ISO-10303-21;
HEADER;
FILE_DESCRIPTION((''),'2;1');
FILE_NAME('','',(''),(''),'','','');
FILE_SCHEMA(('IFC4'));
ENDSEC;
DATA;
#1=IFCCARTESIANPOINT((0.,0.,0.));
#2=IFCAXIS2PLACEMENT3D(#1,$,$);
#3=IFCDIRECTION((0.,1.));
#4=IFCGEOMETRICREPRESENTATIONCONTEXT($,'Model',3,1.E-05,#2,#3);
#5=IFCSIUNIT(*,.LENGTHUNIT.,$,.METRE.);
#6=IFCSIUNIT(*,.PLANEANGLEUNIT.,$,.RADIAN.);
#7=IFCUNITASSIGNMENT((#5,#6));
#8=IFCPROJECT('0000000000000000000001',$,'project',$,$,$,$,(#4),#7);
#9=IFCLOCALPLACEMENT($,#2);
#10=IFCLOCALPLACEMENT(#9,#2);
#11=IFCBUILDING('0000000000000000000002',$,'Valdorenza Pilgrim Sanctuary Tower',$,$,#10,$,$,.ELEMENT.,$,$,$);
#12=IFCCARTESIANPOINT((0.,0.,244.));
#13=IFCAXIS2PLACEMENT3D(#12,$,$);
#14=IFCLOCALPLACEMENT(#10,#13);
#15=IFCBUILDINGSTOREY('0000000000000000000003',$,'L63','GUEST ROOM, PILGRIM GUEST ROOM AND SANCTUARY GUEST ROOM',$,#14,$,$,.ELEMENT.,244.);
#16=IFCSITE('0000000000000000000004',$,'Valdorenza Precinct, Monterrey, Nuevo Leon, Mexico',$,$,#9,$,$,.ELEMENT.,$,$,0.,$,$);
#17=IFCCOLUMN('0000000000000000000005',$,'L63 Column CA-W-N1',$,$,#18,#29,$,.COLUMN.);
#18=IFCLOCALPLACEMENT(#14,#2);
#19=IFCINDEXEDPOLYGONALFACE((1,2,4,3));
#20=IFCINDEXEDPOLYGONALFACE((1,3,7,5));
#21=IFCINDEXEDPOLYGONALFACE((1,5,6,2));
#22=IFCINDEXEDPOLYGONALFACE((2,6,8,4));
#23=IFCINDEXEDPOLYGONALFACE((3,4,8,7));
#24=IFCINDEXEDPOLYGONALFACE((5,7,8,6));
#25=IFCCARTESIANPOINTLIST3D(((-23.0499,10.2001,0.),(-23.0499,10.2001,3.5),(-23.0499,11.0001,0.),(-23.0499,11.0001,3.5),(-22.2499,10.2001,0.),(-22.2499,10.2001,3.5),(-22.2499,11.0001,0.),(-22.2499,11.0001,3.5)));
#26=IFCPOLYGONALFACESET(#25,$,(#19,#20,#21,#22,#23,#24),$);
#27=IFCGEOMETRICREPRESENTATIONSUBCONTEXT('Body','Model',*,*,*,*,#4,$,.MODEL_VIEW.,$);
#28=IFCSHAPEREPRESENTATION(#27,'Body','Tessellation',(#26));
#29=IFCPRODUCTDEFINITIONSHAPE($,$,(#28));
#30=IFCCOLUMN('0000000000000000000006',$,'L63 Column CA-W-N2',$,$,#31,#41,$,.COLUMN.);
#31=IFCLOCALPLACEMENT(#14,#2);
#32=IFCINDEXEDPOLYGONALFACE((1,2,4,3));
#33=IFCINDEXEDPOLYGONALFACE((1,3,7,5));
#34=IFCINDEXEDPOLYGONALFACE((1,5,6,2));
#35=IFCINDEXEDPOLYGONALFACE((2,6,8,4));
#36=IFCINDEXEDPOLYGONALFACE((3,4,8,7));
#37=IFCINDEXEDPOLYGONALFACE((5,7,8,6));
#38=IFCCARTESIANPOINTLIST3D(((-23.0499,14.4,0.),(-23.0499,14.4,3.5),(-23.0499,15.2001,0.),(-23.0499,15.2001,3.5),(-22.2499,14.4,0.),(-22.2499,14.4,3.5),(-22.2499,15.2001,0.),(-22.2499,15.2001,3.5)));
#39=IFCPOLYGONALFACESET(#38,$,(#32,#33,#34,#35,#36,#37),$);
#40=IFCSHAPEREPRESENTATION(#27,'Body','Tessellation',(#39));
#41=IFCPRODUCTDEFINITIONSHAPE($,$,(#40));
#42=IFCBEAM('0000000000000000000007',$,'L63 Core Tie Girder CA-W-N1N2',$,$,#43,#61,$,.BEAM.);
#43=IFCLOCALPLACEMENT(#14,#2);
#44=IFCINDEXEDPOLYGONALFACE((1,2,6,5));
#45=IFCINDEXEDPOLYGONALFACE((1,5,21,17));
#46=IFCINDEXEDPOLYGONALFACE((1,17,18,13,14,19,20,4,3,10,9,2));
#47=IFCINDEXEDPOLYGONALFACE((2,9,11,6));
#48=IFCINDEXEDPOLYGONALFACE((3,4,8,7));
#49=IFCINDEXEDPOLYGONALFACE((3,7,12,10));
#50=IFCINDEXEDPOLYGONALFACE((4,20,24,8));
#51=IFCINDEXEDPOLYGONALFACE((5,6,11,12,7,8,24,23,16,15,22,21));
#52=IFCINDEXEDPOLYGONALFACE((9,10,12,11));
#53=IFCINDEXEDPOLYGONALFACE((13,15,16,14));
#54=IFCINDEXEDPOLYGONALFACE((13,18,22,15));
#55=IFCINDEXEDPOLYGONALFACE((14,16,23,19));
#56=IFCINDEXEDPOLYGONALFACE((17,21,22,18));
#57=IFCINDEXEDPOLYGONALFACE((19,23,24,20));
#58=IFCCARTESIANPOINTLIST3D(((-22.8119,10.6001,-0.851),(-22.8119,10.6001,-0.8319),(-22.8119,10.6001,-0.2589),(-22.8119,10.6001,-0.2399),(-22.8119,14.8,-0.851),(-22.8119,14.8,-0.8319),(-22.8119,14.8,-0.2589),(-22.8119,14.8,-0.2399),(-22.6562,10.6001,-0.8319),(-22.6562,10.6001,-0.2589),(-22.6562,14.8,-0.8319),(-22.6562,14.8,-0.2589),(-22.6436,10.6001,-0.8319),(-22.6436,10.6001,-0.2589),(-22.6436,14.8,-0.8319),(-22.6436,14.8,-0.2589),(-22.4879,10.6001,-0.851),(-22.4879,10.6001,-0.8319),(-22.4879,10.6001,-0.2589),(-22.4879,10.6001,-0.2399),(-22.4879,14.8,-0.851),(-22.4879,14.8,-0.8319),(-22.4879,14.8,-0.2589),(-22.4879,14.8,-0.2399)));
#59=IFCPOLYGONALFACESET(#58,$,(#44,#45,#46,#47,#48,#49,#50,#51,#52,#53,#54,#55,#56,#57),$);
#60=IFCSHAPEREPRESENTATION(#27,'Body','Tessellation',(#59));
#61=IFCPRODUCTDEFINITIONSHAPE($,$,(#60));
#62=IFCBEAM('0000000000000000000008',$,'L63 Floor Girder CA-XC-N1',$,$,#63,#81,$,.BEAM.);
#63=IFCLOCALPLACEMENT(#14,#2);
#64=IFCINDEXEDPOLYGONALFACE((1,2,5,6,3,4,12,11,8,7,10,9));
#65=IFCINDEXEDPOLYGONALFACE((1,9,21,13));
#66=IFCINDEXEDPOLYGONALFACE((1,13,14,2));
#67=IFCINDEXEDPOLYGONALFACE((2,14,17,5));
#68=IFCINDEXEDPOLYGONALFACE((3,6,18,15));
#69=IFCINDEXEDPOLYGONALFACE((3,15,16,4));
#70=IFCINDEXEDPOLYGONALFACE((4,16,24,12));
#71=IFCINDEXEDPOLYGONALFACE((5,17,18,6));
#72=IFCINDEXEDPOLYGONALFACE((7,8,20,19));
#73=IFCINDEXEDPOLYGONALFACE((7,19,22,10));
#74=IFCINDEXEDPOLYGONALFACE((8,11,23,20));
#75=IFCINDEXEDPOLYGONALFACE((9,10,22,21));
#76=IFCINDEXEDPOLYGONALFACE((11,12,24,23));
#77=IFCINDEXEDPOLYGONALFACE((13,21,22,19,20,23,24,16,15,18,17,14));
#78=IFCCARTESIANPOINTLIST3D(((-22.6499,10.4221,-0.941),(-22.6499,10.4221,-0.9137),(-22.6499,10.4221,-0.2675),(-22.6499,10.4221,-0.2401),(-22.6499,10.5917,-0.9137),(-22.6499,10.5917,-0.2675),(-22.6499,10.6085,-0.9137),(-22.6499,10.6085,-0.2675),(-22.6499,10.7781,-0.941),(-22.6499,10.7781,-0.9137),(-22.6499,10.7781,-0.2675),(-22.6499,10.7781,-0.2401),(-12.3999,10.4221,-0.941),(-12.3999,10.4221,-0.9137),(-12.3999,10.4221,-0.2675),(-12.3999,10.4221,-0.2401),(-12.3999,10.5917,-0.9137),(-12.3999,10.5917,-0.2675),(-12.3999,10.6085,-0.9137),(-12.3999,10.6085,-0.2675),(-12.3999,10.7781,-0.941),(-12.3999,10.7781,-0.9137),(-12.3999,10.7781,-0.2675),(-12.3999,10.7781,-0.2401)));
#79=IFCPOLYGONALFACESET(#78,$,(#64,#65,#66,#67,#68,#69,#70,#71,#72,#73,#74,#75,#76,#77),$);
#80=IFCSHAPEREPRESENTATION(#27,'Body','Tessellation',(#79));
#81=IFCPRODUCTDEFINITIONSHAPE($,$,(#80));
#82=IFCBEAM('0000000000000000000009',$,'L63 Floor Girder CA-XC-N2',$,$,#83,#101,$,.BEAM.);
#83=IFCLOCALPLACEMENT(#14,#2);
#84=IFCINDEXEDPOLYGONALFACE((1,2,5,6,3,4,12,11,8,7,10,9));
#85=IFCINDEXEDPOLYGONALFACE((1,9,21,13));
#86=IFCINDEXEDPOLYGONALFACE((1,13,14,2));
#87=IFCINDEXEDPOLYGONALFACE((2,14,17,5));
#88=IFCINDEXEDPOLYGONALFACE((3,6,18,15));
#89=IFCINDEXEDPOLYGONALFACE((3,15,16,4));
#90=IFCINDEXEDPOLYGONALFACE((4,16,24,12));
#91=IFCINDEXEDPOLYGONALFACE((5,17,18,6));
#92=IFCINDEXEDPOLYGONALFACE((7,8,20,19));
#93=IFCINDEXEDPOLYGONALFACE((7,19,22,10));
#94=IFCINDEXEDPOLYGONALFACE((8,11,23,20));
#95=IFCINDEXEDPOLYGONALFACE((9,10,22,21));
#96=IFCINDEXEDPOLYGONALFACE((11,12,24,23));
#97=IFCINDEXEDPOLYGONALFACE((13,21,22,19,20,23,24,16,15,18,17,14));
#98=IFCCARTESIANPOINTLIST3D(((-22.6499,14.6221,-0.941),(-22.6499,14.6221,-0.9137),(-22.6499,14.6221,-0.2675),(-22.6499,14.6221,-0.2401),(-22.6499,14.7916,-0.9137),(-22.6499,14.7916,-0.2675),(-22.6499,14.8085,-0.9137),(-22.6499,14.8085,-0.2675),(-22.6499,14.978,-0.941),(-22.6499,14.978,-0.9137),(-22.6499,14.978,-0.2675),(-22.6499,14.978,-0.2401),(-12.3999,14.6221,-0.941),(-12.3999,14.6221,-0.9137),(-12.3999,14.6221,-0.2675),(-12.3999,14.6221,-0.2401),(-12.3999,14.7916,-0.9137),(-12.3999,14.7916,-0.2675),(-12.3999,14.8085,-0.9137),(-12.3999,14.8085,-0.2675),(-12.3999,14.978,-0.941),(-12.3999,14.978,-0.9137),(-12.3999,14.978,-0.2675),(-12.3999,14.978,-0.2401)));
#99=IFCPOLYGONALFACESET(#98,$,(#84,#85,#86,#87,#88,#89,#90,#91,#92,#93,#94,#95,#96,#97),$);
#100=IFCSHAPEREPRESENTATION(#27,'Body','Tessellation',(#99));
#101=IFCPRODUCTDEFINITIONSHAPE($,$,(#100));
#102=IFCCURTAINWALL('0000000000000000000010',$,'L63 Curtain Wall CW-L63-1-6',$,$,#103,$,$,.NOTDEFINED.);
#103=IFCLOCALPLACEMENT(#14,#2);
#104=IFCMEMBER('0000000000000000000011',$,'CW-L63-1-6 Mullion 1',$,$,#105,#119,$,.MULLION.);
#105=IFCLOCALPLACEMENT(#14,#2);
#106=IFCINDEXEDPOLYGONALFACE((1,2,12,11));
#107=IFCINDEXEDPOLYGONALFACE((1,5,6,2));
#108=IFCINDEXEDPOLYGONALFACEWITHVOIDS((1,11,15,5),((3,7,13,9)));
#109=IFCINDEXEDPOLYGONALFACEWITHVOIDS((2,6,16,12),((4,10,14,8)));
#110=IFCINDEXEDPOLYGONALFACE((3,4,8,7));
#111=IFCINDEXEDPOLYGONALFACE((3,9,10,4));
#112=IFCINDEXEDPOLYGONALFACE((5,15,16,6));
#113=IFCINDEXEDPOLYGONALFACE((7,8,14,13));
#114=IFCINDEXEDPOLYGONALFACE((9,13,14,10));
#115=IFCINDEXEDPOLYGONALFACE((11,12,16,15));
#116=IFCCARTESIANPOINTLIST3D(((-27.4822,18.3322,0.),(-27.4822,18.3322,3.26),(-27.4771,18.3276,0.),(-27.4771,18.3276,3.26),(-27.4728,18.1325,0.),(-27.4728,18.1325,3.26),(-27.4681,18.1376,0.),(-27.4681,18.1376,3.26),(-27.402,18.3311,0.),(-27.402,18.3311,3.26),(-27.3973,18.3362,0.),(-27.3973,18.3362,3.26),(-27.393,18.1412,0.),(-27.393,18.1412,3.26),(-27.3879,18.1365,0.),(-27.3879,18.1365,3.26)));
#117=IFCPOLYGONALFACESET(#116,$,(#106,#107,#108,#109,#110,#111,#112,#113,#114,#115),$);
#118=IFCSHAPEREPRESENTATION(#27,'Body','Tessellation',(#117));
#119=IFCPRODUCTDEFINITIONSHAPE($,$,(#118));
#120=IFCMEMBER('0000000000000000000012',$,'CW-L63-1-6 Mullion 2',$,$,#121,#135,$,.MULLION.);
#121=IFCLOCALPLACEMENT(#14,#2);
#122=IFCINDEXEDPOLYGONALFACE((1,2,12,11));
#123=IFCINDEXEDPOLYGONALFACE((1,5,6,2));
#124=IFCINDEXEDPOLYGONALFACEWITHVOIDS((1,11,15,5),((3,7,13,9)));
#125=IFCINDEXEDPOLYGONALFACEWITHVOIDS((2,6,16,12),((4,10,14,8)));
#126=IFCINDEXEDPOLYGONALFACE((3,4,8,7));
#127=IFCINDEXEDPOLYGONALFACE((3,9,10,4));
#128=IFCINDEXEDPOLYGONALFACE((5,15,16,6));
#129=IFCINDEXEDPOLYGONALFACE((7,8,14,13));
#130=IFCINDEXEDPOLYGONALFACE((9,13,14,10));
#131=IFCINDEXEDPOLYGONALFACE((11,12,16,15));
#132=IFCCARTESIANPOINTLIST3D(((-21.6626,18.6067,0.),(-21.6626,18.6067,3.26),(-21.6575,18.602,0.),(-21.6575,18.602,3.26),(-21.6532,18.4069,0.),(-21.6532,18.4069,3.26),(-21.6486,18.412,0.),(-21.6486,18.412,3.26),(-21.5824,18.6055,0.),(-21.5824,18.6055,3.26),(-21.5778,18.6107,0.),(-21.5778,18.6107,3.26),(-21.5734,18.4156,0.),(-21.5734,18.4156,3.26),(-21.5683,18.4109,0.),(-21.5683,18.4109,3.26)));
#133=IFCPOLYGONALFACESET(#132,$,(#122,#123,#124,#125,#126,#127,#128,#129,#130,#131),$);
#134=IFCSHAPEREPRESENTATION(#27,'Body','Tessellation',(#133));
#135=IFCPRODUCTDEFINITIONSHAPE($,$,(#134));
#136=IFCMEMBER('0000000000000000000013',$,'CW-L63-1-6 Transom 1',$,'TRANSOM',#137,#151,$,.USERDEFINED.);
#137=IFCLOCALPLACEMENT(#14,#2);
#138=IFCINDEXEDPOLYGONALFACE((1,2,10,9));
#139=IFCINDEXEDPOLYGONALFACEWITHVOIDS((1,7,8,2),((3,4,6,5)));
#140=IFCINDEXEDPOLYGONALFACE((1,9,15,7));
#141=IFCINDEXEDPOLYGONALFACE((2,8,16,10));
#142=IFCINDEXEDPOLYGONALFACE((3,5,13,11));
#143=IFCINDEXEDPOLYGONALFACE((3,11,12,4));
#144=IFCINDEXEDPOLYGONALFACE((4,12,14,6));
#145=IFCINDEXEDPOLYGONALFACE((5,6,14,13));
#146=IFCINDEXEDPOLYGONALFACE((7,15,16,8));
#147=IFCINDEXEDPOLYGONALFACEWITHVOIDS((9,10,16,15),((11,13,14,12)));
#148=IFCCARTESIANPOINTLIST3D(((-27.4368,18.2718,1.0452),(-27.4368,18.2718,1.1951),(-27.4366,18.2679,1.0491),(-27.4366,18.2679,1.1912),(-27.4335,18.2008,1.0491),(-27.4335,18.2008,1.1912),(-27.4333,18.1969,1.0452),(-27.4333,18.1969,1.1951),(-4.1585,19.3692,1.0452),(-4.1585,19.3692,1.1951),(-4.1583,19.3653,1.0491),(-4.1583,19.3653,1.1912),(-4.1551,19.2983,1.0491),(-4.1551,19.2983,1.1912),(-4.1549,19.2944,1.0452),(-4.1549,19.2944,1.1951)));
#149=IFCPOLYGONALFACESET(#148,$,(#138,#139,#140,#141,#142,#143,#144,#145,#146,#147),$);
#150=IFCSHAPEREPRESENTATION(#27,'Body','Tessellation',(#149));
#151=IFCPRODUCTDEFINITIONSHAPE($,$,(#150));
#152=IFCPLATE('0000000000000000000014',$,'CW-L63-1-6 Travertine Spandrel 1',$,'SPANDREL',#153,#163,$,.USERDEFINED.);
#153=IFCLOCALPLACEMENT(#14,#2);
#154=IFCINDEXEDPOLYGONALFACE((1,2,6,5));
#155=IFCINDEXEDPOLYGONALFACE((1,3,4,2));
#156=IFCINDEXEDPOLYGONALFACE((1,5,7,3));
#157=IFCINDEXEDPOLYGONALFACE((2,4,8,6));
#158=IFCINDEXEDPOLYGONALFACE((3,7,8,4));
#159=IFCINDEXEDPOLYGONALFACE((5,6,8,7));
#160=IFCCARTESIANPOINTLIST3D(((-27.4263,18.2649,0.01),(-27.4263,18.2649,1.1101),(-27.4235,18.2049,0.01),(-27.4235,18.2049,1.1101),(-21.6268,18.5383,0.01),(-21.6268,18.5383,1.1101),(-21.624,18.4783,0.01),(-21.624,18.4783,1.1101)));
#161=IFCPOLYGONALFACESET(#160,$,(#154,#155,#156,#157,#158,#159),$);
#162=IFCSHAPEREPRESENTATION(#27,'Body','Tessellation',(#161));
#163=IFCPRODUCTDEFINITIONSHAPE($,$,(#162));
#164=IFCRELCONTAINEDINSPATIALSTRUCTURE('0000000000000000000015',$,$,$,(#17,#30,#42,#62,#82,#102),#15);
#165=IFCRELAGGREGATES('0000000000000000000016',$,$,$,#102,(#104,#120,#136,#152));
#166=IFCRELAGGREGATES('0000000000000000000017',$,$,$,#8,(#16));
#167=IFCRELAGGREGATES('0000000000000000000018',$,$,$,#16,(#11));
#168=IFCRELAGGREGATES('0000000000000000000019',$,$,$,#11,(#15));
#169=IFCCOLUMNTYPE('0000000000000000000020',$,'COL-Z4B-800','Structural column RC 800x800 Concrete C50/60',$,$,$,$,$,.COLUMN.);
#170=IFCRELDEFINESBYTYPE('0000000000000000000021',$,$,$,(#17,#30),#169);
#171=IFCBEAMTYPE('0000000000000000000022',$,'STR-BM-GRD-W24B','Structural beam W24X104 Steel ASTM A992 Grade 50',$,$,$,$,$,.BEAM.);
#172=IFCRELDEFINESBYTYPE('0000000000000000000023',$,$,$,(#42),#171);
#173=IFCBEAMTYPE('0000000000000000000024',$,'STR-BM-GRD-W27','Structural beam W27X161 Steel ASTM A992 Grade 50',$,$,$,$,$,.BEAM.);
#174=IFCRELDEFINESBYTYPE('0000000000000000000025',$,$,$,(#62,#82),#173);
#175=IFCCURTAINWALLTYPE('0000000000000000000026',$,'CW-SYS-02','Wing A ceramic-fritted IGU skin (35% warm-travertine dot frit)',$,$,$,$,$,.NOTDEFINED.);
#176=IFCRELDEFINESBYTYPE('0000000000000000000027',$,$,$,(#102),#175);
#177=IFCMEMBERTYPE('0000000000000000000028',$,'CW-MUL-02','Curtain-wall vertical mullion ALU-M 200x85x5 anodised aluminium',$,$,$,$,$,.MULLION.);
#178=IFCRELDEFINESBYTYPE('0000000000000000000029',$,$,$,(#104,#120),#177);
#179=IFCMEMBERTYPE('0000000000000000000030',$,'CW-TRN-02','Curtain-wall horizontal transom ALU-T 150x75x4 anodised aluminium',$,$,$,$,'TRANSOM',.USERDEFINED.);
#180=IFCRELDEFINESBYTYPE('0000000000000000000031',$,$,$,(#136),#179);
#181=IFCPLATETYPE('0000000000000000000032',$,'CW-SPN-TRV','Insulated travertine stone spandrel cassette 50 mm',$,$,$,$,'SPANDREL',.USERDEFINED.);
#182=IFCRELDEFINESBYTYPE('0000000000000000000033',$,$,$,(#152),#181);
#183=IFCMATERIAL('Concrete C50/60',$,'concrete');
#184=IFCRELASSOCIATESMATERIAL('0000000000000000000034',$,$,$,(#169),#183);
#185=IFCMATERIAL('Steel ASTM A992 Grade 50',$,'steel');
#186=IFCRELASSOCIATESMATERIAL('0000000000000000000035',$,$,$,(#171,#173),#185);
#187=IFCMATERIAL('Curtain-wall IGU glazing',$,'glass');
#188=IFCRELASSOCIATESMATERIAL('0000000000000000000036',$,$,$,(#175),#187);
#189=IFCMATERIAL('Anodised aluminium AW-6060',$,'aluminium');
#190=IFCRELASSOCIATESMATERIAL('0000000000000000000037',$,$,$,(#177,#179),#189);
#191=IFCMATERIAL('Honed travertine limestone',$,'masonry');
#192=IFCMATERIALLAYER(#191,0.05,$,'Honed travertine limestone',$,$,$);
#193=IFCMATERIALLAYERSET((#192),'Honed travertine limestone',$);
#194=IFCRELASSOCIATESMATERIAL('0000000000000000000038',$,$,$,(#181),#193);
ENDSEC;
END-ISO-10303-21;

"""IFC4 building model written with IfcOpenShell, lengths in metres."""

from ifc_helpers import new_model, si_unit, direction, frame, origin, origin_2d, place, context, subcontext, project, spatial, rectangle, hollow_rectangle, i_section, extrude, source, transform, mapped, material, layer, layer_set, material_profile, profile_set, type_object, element, aggregate, save


model = new_model("IFC4")

# Units and contexts
model_context = context("Model", 3, precision=1e-05, world=origin(), true_north=direction((0.0, 1.0)))
body_context = subcontext(model_context, "Body", "Model", "MODEL_VIEW")
ifc_project = project(units=[si_unit("LENGTHUNIT", "METRE"), si_unit("PLANEANGLEUNIT", "RADIAN")], contexts=[model_context])

# Site, building, storey
site_placement = place(None, origin())
site = spatial("IfcSite", under=ifc_project, at=site_placement, Name="Valdorenza Precinct, Monterrey, Nuevo Leon, Mexico", CompositionType="ELEMENT", RefElevation=0.0)
building_placement = place(site_placement, origin())
building = spatial("IfcBuilding", under=site, at=building_placement, Name="Valdorenza Pilgrim Sanctuary Tower", CompositionType="ELEMENT")
storey_placement = place(building_placement, frame((0.0, 0.0, 244.0)))
storey = spatial("IfcBuildingStorey", under=building, at=storey_placement, Name="L63", Description="GUEST ROOM, PILGRIM GUEST ROOM AND SANCTUARY GUEST ROOM", CompositionType="ELEMENT", Elevation=244.0)

# Columns
ifc_material_1 = material(Name="Concrete C50/60", Category="concrete")
ifc_material_profile_1 = material_profile(ifc_material_1, rectangle(XDim=0.8, YDim=0.8, at=origin_2d()), Name="RC 800x800")
ifc_profile_set_1 = profile_set([ifc_material_profile_1], Name="Concrete C50/60")
column_type = type_object("IfcColumnType", Name="COL-Z4B-800", Description="Structural column RC 800x800 Concrete C50/60", PredefinedType="COLUMN", material=ifc_profile_set_1)
shared_shape_1 = source(origin(), body_context, "Body", "SweptSolid", [
    extrude(rectangle(XDim=0.8, YDim=0.8, at=origin_2d()), origin(), (0.0, 0.0, 1.0), 3.5),
])
for number, where, z_axis, x_axis, name in (
    (1, (-22.6499, 10.6001, 0.0), (0.0, 0.0, 1.0), (1.0, 0.0, 0.0), "L63 Column CA-W-N1"),
    (2, (-22.6499, 14.8, 0.0), (0.0, 0.0, 1.0), (1.0, 0.0, 0.0), "L63 Column CA-W-N2"),
):
    element("IfcColumn", number, at=place(storey_placement, frame(where, z_axis=z_axis, x_axis=x_axis)), inside=storey, type_object=column_type, Name=name, PredefinedType="COLUMN", context=body_context, shape_type="MappedRepresentation", body=[
        mapped(shared_shape_1, transform((0.0, 0.0, 0.0), x_axis=(1.0, 0.0, 0.0), y_axis=(0.0, 1.0, 0.0), z_axis=(0.0, 0.0, 1.0), scale=1.0)),
    ])

# Beams
ifc_material_2 = material(Name="Steel ASTM A992 Grade 50", Category="steel")
ifc_material_profile_2 = material_profile(ifc_material_2, i_section(OverallWidth=0.324, OverallDepth=0.6111, WebThickness=0.0127, FlangeThickness=0.019, at=origin_2d()), Name="W24X104")
ifc_profile_set_2 = profile_set([ifc_material_profile_2], Name="Steel ASTM A992 Grade 50")
beam_type_1 = type_object("IfcBeamType", Name="STR-BM-GRD-W24B", Description="Structural beam W24X104 Steel ASTM A992 Grade 50", PredefinedType="BEAM", material=ifc_profile_set_2)
shared_shape_2 = source(origin(), body_context, "Body", "SweptSolid", [
    extrude(i_section(OverallWidth=0.324, OverallDepth=0.6111, WebThickness=0.0127, FlangeThickness=0.019, at=origin_2d()), origin(), (0.0, 0.0, 1.0), 4.2),
])
beam_placement = place(storey_placement, frame((-22.6499, 10.6001, -0.5454), z_axis=(0.0, 1.0, 0.0), x_axis=(-1.0, 0.0, 0.0)))
element("IfcBeam", 3, at=beam_placement, inside=storey, type_object=beam_type_1, Name="L63 Core Tie Girder CA-W-N1N2", PredefinedType="BEAM", context=body_context, shape_type="MappedRepresentation", body=[
    mapped(shared_shape_2, transform((0.0, 0.0, 0.0), x_axis=(1.0, 0.0, 0.0), y_axis=(0.0, 1.0, 0.0), z_axis=(0.0, 0.0, 1.0), scale=1.0)),
])
ifc_material_profile_3 = material_profile(ifc_material_2, i_section(OverallWidth=0.356, OverallDepth=0.7009, WebThickness=0.0168, FlangeThickness=0.0273, at=origin_2d()), Name="W27X161")
ifc_profile_set_3 = profile_set([ifc_material_profile_3], Name="Steel ASTM A992 Grade 50")
beam_type_2 = type_object("IfcBeamType", Name="STR-BM-GRD-W27", Description="Structural beam W27X161 Steel ASTM A992 Grade 50", PredefinedType="BEAM", material=ifc_profile_set_3)
shared_shape_3 = source(origin(), body_context, "Body", "SweptSolid", [
    extrude(i_section(OverallWidth=0.356, OverallDepth=0.7009, WebThickness=0.0168, FlangeThickness=0.0273, at=origin_2d()), origin(), (0.0, 0.0, 1.0), 10.25),
])
for number, where, z_axis, x_axis, name in (
    (4, (-22.6499, 10.6001, -0.5906), (1.0, 0.0, 0.0), (0.0, 1.0, 0.0), "L63 Floor Girder CA-XC-N1"),
    (5, (-22.6499, 14.8, -0.5906), (1.0, 0.0, 0.0), (0.0, 1.0, 0.0), "L63 Floor Girder CA-XC-N2"),
):
    element("IfcBeam", number, at=place(storey_placement, frame(where, z_axis=z_axis, x_axis=x_axis)), inside=storey, type_object=beam_type_2, Name=name, PredefinedType="BEAM", context=body_context, shape_type="MappedRepresentation", body=[
        mapped(shared_shape_3, transform((0.0, 0.0, 0.0), x_axis=(1.0, 0.0, 0.0), y_axis=(0.0, 1.0, 0.0), z_axis=(0.0, 0.0, 1.0), scale=1.0)),
    ])

# Curtain wall, members, plate
ifc_material_3 = material(Name="Curtain-wall IGU glazing", Category="glass")
curtain_wall_type = type_object("IfcCurtainWallType", Name="CW-SYS-02", Description="Wing A ceramic-fritted IGU skin (35% warm-travertine dot frit)", PredefinedType="NOTDEFINED", material=ifc_material_3)
curtain_wall_placement = place(storey_placement, origin())
curtain_wall = element("IfcCurtainWall", 6, at=curtain_wall_placement, inside=storey, type_object=curtain_wall_type, Name="L63 Curtain Wall CW-L63-1-6", PredefinedType="NOTDEFINED")
ifc_material_4 = material(Name="Anodised aluminium AW-6060", Category="aluminium")
ifc_material_profile_4 = material_profile(ifc_material_4, hollow_rectangle(XDim=0.085, YDim=0.2, WallThickness=0.0049, at=origin_2d()), Name="ALU-M 200x85x5")
ifc_profile_set_4 = profile_set([ifc_material_profile_4], Name="Anodised aluminium AW-6060")
member_type_1 = type_object("IfcMemberType", Name="CW-MUL-02", Description="Curtain-wall vertical mullion ALU-M 200x85x5 anodised aluminium", PredefinedType="MULLION", material=ifc_profile_set_4)
shared_shape_4 = source(origin(), body_context, "Body", "SweptSolid", [
    extrude(hollow_rectangle(XDim=0.085, YDim=0.2, WallThickness=0.0049, at=origin_2d()), origin(), (0.0, 0.0, 1.0), 3.26),
])
member_1_placement = place(storey_placement, frame((-27.4351, 18.2344, 0.0), z_axis=(0.0, 0.0, 1.0), x_axis=(0.998891, 0.047089, 0.0)))
member_1 = element("IfcMember", 7, at=member_1_placement, type_object=member_type_1, Name="CW-L63-1-6 Mullion 1", PredefinedType="MULLION", context=body_context, shape_type="MappedRepresentation", body=[
    mapped(shared_shape_4, transform((0.0, 0.0, 0.0), x_axis=(1.0, 0.0, 0.0), y_axis=(0.0, 1.0, 0.0), z_axis=(0.0, 0.0, 1.0), scale=1.0)),
])
member_2_placement = place(storey_placement, frame((-21.6155, 18.5088, 0.0), z_axis=(0.0, 0.0, 1.0), x_axis=(0.998891, 0.047089, 0.0)))
member_2 = element("IfcMember", 8, at=member_2_placement, type_object=member_type_1, Name="CW-L63-1-6 Mullion 2", PredefinedType="MULLION", context=body_context, shape_type="MappedRepresentation", body=[
    mapped(shared_shape_4, transform((0.0, 0.0, 0.0), x_axis=(1.0, 0.0, 0.0), y_axis=(0.0, 1.0, 0.0), z_axis=(0.0, 0.0, 1.0), scale=1.0)),
])
ifc_material_profile_5 = material_profile(ifc_material_4, hollow_rectangle(XDim=0.075, YDim=0.1499, WallThickness=0.0039, at=origin_2d()), Name="ALU-T 150x75x4")
ifc_profile_set_5 = profile_set([ifc_material_profile_5], Name="Anodised aluminium AW-6060")
member_type_2 = type_object("IfcMemberType", Name="CW-TRN-02", Description="Curtain-wall horizontal transom ALU-T 150x75x4 anodised aluminium", ElementType="TRANSOM", PredefinedType="USERDEFINED", material=ifc_profile_set_5)
shared_shape_5 = source(origin(), body_context, "Body", "SweptSolid", [
    extrude(hollow_rectangle(XDim=0.075, YDim=0.1499, WallThickness=0.0039, at=origin_2d()), origin(), (0.0, 0.0, 1.0), 23.3042),
])
member_3_placement = place(storey_placement, frame((-27.4351, 18.2344, 1.1201), z_axis=(0.998891, 0.047091, 0.0), x_axis=(-0.047091, 0.998891, 0.0)))
member_3 = element("IfcMember", 9, at=member_3_placement, type_object=member_type_2, Name="CW-L63-1-6 Transom 1", ObjectType="TRANSOM", PredefinedType="USERDEFINED", context=body_context, shape_type="MappedRepresentation", body=[
    mapped(shared_shape_5, transform((0.0, 0.0, 0.0), x_axis=(1.0, 0.0, 0.0), y_axis=(0.0, 1.0, 0.0), z_axis=(0.0, 0.0, 1.0), scale=1.0)),
])
ifc_material_5 = material(Name="Honed travertine limestone", Category="masonry")
ifc_layer_1 = layer(ifc_material_5, 0.05, Name="Honed travertine limestone")
ifc_layer_set_1 = layer_set([ifc_layer_1], Name="Honed travertine limestone")
plate_type_1 = type_object("IfcPlateType", Name="CW-SPN-TRV", Description="Insulated travertine stone spandrel cassette 50 mm", ElementType="SPANDREL", PredefinedType="USERDEFINED", material=ifc_layer_set_1)
shared_shape_6 = source(origin(), body_context, "Body", "SweptSolid", [
    extrude(rectangle(XDim=5.8059, YDim=0.0601, at=origin_2d()), origin(), (0.0, 0.0, 1.0), 1.1001),
])
plate_1_placement = place(storey_placement, frame((-24.5251, 18.3716, 0.01), z_axis=(0.0, 0.0, 1.0), x_axis=(0.998891, 0.047089, 0.0)))
plate_1 = element("IfcPlate", 10, at=plate_1_placement, type_object=plate_type_1, Name="CW-L63-1-6 Travertine Spandrel 1", ObjectType="SPANDREL", PredefinedType="USERDEFINED", context=body_context, shape_type="MappedRepresentation", body=[
    mapped(shared_shape_6, transform((0.0, 0.0, 0.0), x_axis=(1.0, 0.0, 0.0), y_axis=(0.0, 1.0, 0.0), z_axis=(0.0, 0.0, 1.0), scale=1.0)),
])
aggregate(curtain_wall, [member_1, member_2, member_3, plate_1])

save(model, "model.ifc")
